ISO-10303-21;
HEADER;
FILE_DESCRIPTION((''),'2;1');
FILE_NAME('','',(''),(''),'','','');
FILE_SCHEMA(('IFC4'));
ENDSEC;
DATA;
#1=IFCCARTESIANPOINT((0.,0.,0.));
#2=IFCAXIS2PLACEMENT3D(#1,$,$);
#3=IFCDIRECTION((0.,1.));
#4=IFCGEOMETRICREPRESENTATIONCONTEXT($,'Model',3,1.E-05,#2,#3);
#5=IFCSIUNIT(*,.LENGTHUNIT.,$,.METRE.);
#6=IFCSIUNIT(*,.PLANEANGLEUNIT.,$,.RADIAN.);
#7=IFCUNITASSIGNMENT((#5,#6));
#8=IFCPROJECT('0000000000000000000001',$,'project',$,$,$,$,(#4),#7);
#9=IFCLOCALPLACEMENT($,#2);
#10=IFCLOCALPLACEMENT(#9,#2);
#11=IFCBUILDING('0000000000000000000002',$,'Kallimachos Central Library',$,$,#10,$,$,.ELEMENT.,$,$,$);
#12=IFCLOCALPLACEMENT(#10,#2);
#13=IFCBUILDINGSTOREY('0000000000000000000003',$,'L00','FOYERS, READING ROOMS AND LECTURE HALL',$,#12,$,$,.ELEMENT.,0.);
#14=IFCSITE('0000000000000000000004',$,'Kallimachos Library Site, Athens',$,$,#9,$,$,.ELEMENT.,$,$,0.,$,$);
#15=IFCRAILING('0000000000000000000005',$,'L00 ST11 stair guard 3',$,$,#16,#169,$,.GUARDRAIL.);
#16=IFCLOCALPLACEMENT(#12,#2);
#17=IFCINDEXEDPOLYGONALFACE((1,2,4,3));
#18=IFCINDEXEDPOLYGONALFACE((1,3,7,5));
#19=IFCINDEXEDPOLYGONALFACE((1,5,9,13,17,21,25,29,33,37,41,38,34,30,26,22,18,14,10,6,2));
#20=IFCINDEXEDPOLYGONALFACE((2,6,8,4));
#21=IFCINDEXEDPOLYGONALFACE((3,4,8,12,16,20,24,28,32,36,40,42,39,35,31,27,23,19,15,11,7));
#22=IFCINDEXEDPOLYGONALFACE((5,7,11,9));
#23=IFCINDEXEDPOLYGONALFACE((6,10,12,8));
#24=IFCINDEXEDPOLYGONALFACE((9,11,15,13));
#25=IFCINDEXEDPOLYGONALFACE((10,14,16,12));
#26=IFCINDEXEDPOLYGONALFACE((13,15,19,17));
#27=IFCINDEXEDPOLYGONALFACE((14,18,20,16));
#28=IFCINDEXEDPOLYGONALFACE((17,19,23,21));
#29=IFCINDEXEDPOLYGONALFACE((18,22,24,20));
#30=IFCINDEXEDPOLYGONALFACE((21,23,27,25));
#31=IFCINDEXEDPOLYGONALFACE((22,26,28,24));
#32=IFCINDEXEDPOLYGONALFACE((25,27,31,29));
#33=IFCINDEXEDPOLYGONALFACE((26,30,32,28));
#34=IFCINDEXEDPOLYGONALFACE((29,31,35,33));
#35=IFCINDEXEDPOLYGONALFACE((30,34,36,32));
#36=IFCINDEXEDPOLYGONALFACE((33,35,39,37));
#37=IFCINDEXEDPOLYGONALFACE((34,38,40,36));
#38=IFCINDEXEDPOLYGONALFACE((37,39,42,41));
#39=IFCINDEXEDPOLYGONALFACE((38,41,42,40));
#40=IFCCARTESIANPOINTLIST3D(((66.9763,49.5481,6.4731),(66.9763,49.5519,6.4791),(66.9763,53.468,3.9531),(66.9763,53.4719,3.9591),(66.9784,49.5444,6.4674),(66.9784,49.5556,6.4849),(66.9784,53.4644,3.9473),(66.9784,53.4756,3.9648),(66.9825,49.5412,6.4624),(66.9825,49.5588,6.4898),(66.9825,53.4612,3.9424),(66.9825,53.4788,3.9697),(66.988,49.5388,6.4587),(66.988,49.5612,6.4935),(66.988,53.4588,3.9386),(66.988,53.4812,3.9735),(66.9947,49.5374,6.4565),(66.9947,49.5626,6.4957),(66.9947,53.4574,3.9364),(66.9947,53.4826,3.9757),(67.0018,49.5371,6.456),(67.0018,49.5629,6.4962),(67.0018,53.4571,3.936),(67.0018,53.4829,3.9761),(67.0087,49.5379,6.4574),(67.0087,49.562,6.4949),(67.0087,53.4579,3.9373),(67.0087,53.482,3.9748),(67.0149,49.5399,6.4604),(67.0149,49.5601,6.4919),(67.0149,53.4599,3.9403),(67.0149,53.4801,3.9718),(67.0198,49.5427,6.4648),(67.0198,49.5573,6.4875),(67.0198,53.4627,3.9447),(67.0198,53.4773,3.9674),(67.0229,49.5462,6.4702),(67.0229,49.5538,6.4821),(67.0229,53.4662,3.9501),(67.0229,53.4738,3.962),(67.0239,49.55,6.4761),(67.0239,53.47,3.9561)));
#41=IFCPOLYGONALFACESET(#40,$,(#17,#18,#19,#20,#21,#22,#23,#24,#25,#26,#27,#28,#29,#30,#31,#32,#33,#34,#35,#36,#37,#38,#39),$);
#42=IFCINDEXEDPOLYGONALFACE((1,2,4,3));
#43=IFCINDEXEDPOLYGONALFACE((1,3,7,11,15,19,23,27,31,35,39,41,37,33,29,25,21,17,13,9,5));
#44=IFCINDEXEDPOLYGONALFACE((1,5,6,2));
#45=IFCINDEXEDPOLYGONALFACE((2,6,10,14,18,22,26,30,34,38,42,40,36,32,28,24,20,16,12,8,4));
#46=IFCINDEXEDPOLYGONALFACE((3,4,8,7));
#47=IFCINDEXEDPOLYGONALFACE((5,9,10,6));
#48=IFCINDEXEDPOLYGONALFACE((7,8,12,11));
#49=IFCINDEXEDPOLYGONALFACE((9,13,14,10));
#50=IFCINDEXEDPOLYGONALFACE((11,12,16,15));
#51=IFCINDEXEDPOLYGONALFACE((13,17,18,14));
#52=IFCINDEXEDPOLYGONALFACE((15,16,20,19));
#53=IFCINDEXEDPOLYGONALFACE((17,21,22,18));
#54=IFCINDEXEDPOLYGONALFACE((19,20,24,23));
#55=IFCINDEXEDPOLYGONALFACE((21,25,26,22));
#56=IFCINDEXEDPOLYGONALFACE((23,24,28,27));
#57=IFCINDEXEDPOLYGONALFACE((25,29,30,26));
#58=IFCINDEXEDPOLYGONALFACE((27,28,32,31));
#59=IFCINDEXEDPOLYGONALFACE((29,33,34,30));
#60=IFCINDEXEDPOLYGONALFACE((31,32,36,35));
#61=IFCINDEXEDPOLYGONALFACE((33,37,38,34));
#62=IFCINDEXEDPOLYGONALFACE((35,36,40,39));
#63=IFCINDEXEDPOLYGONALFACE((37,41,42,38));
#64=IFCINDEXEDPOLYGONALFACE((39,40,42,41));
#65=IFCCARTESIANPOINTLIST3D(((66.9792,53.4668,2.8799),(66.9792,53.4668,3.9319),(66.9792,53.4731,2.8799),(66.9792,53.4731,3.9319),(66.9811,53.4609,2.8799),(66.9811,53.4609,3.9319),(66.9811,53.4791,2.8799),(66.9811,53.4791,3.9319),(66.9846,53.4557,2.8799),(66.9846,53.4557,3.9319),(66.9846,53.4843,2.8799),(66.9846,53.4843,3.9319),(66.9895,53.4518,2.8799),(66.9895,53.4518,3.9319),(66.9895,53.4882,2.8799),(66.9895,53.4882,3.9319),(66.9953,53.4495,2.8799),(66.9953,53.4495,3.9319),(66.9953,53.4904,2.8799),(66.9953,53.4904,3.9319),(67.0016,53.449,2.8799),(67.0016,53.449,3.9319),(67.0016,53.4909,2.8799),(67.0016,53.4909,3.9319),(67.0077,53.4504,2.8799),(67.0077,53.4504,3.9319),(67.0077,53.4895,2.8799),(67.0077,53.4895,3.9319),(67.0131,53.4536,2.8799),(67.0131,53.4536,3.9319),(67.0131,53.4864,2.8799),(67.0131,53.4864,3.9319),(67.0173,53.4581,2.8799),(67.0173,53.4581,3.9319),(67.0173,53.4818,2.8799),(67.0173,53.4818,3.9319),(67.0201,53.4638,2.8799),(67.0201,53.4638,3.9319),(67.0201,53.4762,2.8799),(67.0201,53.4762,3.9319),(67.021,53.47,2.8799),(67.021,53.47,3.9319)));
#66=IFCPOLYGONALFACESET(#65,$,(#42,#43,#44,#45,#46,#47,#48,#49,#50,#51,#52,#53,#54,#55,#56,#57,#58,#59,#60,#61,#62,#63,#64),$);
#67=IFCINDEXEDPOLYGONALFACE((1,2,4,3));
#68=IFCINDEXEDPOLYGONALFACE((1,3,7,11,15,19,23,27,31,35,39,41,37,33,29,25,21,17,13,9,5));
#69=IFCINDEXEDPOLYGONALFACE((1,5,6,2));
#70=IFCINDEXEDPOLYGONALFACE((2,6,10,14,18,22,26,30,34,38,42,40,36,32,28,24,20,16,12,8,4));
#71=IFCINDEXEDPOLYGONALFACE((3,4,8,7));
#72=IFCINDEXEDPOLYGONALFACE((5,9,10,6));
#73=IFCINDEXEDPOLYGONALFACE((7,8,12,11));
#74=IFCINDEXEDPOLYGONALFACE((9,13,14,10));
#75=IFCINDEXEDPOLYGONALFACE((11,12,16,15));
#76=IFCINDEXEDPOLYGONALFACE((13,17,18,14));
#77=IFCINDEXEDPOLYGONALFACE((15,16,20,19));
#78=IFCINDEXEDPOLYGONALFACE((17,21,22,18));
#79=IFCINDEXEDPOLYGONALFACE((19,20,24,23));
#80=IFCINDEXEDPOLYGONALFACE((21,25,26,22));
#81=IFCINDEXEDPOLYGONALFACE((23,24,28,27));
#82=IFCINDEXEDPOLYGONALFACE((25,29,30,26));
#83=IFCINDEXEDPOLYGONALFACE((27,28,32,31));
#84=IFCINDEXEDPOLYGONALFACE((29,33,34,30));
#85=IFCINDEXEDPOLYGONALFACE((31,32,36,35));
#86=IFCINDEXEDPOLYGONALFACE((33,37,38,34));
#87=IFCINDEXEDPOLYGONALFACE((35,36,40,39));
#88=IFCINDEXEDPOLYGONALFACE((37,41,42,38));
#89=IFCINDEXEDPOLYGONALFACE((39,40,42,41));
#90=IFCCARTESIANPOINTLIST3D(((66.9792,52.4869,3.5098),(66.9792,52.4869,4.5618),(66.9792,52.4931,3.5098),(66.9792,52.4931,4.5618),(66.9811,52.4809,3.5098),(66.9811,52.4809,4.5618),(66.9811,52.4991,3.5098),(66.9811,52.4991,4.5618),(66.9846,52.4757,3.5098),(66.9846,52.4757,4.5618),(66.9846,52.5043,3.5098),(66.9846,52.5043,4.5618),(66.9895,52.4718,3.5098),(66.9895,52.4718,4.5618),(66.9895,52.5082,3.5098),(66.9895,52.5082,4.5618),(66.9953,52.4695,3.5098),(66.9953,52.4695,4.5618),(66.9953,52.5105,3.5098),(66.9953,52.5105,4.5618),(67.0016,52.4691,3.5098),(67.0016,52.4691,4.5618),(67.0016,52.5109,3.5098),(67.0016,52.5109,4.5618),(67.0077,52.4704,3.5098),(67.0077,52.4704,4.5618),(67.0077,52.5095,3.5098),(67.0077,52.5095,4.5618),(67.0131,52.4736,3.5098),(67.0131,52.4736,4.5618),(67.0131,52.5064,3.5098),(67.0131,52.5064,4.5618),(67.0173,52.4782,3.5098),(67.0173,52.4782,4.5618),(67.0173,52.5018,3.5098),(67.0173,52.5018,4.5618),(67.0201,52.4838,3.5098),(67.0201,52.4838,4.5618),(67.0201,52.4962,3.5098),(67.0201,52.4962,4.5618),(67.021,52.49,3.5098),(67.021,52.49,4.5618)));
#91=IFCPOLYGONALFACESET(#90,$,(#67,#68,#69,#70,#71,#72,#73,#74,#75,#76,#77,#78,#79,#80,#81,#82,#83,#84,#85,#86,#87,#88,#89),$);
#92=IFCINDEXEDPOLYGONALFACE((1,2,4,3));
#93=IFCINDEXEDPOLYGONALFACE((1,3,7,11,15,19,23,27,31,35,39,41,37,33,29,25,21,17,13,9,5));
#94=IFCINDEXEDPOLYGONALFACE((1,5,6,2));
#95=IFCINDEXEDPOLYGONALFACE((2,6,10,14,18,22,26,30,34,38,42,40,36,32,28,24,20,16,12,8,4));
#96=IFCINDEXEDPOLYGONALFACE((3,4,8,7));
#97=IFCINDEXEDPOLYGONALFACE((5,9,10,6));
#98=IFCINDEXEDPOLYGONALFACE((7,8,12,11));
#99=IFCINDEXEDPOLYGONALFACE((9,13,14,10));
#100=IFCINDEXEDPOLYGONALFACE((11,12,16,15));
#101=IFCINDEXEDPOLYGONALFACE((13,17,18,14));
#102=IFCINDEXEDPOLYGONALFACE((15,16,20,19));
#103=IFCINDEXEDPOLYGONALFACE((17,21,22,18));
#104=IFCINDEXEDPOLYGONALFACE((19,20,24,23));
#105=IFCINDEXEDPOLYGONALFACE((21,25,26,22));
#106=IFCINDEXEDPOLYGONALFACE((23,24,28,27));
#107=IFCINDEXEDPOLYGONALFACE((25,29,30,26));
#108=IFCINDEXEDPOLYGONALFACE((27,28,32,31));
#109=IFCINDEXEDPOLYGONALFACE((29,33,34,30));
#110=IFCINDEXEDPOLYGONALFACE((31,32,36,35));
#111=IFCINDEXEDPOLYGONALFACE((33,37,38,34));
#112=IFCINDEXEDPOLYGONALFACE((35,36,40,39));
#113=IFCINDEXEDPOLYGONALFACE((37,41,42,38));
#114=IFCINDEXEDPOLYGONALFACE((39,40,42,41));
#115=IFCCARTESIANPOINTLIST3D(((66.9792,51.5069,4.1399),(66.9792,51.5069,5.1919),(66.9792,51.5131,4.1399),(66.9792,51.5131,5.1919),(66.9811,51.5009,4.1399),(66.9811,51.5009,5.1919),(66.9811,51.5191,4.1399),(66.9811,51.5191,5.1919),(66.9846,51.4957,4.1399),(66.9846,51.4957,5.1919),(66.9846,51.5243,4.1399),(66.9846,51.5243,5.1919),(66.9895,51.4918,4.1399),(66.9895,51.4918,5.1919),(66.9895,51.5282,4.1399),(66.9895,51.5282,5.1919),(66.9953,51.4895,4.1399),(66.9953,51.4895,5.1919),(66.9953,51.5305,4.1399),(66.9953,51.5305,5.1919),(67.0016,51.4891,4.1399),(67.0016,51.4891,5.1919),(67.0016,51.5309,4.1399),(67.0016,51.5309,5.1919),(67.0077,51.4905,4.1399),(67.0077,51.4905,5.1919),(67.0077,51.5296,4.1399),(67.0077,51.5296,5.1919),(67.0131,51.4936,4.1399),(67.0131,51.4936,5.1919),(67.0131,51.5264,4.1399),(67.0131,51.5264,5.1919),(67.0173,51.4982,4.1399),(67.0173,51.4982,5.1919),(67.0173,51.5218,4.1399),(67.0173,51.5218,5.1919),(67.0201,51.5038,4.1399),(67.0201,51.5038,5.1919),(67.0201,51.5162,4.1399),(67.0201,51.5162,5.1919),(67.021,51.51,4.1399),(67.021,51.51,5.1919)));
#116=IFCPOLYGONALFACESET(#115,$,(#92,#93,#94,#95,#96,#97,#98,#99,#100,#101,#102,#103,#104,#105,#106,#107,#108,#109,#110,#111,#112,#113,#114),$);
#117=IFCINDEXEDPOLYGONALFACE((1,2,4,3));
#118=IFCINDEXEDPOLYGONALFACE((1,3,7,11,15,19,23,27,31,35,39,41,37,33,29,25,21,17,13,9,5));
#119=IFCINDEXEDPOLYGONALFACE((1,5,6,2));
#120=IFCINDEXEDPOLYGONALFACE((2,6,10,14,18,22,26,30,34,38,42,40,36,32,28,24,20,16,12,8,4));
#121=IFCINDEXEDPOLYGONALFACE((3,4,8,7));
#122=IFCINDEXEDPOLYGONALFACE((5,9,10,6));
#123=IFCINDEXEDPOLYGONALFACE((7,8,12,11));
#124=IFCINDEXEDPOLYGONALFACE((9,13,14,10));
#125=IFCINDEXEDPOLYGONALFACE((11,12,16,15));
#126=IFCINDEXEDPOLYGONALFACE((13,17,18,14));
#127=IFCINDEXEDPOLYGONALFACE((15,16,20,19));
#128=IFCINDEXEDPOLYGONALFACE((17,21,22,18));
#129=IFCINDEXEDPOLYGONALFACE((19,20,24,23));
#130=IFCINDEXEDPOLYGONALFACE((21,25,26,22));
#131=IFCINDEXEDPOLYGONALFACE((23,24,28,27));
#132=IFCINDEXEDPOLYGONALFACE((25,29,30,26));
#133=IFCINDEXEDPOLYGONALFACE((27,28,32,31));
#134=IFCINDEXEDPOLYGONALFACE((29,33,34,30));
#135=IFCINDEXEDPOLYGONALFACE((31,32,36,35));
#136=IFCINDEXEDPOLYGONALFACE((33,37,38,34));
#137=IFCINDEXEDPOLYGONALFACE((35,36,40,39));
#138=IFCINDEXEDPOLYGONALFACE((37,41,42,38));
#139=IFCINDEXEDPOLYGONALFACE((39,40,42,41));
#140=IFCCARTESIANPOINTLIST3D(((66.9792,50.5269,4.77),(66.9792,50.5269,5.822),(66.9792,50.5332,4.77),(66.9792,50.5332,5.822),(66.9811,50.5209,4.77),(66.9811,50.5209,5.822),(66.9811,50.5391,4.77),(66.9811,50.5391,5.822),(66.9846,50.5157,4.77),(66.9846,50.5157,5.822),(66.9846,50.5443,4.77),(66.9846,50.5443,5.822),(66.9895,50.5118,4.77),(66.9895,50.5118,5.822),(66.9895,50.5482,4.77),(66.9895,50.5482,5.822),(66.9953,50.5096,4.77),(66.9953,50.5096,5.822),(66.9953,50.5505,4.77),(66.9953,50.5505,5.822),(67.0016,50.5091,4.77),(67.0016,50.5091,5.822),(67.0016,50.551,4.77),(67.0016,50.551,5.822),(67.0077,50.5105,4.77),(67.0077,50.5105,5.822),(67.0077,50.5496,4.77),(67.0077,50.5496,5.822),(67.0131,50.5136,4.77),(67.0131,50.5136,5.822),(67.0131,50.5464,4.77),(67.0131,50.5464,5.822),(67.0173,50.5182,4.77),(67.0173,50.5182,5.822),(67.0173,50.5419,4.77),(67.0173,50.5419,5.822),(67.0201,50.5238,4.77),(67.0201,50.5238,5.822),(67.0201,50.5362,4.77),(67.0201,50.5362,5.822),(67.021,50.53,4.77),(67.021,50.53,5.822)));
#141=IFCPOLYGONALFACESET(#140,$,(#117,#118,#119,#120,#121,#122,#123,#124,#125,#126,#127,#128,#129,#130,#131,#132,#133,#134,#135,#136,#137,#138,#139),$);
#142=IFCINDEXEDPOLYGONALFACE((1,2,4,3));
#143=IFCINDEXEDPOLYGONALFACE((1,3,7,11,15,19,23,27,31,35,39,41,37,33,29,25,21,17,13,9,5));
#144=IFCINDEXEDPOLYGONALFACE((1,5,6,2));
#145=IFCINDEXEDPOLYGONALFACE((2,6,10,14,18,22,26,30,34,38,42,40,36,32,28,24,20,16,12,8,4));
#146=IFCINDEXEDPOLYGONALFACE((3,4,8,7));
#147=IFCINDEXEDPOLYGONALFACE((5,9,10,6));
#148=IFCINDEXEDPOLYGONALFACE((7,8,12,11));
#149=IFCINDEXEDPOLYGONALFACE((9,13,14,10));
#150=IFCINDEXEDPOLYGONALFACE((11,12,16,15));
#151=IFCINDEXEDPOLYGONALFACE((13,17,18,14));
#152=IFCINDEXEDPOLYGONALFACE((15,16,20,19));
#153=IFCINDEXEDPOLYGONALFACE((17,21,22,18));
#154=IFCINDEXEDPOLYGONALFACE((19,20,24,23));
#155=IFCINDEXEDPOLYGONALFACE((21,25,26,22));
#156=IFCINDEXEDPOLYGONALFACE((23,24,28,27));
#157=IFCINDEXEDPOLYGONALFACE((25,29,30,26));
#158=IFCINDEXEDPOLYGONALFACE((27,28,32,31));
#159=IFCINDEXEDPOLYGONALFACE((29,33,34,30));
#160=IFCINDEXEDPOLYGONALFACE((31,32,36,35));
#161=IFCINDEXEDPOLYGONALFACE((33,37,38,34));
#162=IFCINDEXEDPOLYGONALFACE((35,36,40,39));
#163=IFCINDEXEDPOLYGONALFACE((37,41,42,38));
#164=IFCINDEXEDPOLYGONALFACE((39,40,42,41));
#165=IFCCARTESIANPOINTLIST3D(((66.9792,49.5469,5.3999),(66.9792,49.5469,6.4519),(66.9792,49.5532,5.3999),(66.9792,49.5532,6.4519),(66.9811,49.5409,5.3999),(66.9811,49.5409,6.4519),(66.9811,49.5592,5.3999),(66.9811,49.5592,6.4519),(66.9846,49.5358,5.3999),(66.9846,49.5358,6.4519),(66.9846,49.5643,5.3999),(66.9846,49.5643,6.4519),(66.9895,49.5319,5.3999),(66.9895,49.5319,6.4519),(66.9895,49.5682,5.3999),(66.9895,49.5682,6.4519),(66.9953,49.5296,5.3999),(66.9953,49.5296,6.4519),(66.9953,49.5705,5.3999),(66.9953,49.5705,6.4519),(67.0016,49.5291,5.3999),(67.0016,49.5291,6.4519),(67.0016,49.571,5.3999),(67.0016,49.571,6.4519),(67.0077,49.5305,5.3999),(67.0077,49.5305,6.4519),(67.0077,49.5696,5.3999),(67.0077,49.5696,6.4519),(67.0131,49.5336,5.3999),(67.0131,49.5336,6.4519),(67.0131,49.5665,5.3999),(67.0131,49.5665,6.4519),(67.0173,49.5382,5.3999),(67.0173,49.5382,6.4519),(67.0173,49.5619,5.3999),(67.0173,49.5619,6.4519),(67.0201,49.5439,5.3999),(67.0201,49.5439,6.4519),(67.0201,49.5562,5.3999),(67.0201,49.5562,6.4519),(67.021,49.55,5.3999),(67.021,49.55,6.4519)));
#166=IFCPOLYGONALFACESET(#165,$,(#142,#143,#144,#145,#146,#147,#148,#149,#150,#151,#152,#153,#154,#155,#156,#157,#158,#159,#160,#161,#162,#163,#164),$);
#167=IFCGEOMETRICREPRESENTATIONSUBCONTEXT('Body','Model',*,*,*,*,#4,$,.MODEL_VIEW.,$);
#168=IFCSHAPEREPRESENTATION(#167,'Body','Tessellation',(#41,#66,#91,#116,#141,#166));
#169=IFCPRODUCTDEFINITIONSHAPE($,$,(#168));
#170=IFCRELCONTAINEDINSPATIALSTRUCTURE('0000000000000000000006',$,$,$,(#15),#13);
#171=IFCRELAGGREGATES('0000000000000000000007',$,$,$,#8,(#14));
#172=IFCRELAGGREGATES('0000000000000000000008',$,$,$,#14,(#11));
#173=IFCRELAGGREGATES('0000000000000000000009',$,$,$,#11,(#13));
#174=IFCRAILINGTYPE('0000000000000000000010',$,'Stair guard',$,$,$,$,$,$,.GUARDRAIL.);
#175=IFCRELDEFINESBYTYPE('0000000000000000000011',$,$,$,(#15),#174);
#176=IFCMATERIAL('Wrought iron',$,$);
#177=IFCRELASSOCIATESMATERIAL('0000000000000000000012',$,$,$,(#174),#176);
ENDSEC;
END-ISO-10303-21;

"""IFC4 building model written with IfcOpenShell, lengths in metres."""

from ifc_helpers import new_model, si_unit, direction, frame, origin, origin_2d, place, context, subcontext, project, spatial, circle, extrude, material, type_object, element, save


model = new_model("IFC4")

# Units and contexts
model_context = context("Model", 3, precision=1e-05, world=origin(), true_north=direction((0.0, 1.0)))
body_context = subcontext(model_context, "Body", "Model", "MODEL_VIEW")
ifc_project = project(units=[si_unit("LENGTHUNIT", "METRE"), si_unit("PLANEANGLEUNIT", "RADIAN")], contexts=[model_context])

# Site, building, storey
site_placement = place(None, origin())
site = spatial("IfcSite", under=ifc_project, at=site_placement, Name="Kallimachos Library Site, Athens", CompositionType="ELEMENT", RefElevation=0.0)
building_placement = place(site_placement, origin())
building = spatial("IfcBuilding", under=site, at=building_placement, Name="Kallimachos Central Library", CompositionType="ELEMENT")
storey_placement = place(building_placement, origin())
storey = spatial("IfcBuildingStorey", under=building, at=storey_placement, Name="L00", Description="FOYERS, READING ROOMS AND LECTURE HALL", CompositionType="ELEMENT", Elevation=0.0)

# Railing
ifc_material_1 = material(Name="Wrought iron")
railing_type_1 = type_object("IfcRailingType", Name="Stair guard", PredefinedType="GUARDRAIL", material=ifc_material_1)
railing_1_placement = place(storey_placement, frame((67.0, 53.47, 2.8799)))
element("IfcRailing", 1, at=railing_1_placement, inside=storey, type_object=railing_type_1, Name="L00 ST11 stair guard 3", PredefinedType="GUARDRAIL", context=body_context, shape_type="SweptSolid", body=[
    extrude(circle(Radius=0.0239, at=origin_2d()), frame((0.0, 0.0, 1.0762), z_axis=(0.0, -0.841172, 0.540768), x_axis=(1.0, 0.0, 0.0)), (0.0, 0.0, 1.0), 4.6602),
    extrude(circle(Radius=0.021, at=origin_2d()), origin(), (0.0, 0.0, 1.0), 1.052),
    extrude(circle(Radius=0.021, at=origin_2d()), frame((0.0, -0.98, 0.6299)), (0.0, 0.0, 1.0), 1.052),
    extrude(circle(Radius=0.021, at=origin_2d()), frame((0.0, -1.96, 1.26)), (0.0, 0.0, 1.0), 1.052),
    extrude(circle(Radius=0.021, at=origin_2d()), frame((0.0, -2.9399, 1.8901)), (0.0, 0.0, 1.0), 1.052),
    extrude(circle(Radius=0.021, at=origin_2d()), frame((0.0, -3.9199, 2.52)), (0.0, 0.0, 1.0), 1.052),
])

save(model, "model.ifc")
